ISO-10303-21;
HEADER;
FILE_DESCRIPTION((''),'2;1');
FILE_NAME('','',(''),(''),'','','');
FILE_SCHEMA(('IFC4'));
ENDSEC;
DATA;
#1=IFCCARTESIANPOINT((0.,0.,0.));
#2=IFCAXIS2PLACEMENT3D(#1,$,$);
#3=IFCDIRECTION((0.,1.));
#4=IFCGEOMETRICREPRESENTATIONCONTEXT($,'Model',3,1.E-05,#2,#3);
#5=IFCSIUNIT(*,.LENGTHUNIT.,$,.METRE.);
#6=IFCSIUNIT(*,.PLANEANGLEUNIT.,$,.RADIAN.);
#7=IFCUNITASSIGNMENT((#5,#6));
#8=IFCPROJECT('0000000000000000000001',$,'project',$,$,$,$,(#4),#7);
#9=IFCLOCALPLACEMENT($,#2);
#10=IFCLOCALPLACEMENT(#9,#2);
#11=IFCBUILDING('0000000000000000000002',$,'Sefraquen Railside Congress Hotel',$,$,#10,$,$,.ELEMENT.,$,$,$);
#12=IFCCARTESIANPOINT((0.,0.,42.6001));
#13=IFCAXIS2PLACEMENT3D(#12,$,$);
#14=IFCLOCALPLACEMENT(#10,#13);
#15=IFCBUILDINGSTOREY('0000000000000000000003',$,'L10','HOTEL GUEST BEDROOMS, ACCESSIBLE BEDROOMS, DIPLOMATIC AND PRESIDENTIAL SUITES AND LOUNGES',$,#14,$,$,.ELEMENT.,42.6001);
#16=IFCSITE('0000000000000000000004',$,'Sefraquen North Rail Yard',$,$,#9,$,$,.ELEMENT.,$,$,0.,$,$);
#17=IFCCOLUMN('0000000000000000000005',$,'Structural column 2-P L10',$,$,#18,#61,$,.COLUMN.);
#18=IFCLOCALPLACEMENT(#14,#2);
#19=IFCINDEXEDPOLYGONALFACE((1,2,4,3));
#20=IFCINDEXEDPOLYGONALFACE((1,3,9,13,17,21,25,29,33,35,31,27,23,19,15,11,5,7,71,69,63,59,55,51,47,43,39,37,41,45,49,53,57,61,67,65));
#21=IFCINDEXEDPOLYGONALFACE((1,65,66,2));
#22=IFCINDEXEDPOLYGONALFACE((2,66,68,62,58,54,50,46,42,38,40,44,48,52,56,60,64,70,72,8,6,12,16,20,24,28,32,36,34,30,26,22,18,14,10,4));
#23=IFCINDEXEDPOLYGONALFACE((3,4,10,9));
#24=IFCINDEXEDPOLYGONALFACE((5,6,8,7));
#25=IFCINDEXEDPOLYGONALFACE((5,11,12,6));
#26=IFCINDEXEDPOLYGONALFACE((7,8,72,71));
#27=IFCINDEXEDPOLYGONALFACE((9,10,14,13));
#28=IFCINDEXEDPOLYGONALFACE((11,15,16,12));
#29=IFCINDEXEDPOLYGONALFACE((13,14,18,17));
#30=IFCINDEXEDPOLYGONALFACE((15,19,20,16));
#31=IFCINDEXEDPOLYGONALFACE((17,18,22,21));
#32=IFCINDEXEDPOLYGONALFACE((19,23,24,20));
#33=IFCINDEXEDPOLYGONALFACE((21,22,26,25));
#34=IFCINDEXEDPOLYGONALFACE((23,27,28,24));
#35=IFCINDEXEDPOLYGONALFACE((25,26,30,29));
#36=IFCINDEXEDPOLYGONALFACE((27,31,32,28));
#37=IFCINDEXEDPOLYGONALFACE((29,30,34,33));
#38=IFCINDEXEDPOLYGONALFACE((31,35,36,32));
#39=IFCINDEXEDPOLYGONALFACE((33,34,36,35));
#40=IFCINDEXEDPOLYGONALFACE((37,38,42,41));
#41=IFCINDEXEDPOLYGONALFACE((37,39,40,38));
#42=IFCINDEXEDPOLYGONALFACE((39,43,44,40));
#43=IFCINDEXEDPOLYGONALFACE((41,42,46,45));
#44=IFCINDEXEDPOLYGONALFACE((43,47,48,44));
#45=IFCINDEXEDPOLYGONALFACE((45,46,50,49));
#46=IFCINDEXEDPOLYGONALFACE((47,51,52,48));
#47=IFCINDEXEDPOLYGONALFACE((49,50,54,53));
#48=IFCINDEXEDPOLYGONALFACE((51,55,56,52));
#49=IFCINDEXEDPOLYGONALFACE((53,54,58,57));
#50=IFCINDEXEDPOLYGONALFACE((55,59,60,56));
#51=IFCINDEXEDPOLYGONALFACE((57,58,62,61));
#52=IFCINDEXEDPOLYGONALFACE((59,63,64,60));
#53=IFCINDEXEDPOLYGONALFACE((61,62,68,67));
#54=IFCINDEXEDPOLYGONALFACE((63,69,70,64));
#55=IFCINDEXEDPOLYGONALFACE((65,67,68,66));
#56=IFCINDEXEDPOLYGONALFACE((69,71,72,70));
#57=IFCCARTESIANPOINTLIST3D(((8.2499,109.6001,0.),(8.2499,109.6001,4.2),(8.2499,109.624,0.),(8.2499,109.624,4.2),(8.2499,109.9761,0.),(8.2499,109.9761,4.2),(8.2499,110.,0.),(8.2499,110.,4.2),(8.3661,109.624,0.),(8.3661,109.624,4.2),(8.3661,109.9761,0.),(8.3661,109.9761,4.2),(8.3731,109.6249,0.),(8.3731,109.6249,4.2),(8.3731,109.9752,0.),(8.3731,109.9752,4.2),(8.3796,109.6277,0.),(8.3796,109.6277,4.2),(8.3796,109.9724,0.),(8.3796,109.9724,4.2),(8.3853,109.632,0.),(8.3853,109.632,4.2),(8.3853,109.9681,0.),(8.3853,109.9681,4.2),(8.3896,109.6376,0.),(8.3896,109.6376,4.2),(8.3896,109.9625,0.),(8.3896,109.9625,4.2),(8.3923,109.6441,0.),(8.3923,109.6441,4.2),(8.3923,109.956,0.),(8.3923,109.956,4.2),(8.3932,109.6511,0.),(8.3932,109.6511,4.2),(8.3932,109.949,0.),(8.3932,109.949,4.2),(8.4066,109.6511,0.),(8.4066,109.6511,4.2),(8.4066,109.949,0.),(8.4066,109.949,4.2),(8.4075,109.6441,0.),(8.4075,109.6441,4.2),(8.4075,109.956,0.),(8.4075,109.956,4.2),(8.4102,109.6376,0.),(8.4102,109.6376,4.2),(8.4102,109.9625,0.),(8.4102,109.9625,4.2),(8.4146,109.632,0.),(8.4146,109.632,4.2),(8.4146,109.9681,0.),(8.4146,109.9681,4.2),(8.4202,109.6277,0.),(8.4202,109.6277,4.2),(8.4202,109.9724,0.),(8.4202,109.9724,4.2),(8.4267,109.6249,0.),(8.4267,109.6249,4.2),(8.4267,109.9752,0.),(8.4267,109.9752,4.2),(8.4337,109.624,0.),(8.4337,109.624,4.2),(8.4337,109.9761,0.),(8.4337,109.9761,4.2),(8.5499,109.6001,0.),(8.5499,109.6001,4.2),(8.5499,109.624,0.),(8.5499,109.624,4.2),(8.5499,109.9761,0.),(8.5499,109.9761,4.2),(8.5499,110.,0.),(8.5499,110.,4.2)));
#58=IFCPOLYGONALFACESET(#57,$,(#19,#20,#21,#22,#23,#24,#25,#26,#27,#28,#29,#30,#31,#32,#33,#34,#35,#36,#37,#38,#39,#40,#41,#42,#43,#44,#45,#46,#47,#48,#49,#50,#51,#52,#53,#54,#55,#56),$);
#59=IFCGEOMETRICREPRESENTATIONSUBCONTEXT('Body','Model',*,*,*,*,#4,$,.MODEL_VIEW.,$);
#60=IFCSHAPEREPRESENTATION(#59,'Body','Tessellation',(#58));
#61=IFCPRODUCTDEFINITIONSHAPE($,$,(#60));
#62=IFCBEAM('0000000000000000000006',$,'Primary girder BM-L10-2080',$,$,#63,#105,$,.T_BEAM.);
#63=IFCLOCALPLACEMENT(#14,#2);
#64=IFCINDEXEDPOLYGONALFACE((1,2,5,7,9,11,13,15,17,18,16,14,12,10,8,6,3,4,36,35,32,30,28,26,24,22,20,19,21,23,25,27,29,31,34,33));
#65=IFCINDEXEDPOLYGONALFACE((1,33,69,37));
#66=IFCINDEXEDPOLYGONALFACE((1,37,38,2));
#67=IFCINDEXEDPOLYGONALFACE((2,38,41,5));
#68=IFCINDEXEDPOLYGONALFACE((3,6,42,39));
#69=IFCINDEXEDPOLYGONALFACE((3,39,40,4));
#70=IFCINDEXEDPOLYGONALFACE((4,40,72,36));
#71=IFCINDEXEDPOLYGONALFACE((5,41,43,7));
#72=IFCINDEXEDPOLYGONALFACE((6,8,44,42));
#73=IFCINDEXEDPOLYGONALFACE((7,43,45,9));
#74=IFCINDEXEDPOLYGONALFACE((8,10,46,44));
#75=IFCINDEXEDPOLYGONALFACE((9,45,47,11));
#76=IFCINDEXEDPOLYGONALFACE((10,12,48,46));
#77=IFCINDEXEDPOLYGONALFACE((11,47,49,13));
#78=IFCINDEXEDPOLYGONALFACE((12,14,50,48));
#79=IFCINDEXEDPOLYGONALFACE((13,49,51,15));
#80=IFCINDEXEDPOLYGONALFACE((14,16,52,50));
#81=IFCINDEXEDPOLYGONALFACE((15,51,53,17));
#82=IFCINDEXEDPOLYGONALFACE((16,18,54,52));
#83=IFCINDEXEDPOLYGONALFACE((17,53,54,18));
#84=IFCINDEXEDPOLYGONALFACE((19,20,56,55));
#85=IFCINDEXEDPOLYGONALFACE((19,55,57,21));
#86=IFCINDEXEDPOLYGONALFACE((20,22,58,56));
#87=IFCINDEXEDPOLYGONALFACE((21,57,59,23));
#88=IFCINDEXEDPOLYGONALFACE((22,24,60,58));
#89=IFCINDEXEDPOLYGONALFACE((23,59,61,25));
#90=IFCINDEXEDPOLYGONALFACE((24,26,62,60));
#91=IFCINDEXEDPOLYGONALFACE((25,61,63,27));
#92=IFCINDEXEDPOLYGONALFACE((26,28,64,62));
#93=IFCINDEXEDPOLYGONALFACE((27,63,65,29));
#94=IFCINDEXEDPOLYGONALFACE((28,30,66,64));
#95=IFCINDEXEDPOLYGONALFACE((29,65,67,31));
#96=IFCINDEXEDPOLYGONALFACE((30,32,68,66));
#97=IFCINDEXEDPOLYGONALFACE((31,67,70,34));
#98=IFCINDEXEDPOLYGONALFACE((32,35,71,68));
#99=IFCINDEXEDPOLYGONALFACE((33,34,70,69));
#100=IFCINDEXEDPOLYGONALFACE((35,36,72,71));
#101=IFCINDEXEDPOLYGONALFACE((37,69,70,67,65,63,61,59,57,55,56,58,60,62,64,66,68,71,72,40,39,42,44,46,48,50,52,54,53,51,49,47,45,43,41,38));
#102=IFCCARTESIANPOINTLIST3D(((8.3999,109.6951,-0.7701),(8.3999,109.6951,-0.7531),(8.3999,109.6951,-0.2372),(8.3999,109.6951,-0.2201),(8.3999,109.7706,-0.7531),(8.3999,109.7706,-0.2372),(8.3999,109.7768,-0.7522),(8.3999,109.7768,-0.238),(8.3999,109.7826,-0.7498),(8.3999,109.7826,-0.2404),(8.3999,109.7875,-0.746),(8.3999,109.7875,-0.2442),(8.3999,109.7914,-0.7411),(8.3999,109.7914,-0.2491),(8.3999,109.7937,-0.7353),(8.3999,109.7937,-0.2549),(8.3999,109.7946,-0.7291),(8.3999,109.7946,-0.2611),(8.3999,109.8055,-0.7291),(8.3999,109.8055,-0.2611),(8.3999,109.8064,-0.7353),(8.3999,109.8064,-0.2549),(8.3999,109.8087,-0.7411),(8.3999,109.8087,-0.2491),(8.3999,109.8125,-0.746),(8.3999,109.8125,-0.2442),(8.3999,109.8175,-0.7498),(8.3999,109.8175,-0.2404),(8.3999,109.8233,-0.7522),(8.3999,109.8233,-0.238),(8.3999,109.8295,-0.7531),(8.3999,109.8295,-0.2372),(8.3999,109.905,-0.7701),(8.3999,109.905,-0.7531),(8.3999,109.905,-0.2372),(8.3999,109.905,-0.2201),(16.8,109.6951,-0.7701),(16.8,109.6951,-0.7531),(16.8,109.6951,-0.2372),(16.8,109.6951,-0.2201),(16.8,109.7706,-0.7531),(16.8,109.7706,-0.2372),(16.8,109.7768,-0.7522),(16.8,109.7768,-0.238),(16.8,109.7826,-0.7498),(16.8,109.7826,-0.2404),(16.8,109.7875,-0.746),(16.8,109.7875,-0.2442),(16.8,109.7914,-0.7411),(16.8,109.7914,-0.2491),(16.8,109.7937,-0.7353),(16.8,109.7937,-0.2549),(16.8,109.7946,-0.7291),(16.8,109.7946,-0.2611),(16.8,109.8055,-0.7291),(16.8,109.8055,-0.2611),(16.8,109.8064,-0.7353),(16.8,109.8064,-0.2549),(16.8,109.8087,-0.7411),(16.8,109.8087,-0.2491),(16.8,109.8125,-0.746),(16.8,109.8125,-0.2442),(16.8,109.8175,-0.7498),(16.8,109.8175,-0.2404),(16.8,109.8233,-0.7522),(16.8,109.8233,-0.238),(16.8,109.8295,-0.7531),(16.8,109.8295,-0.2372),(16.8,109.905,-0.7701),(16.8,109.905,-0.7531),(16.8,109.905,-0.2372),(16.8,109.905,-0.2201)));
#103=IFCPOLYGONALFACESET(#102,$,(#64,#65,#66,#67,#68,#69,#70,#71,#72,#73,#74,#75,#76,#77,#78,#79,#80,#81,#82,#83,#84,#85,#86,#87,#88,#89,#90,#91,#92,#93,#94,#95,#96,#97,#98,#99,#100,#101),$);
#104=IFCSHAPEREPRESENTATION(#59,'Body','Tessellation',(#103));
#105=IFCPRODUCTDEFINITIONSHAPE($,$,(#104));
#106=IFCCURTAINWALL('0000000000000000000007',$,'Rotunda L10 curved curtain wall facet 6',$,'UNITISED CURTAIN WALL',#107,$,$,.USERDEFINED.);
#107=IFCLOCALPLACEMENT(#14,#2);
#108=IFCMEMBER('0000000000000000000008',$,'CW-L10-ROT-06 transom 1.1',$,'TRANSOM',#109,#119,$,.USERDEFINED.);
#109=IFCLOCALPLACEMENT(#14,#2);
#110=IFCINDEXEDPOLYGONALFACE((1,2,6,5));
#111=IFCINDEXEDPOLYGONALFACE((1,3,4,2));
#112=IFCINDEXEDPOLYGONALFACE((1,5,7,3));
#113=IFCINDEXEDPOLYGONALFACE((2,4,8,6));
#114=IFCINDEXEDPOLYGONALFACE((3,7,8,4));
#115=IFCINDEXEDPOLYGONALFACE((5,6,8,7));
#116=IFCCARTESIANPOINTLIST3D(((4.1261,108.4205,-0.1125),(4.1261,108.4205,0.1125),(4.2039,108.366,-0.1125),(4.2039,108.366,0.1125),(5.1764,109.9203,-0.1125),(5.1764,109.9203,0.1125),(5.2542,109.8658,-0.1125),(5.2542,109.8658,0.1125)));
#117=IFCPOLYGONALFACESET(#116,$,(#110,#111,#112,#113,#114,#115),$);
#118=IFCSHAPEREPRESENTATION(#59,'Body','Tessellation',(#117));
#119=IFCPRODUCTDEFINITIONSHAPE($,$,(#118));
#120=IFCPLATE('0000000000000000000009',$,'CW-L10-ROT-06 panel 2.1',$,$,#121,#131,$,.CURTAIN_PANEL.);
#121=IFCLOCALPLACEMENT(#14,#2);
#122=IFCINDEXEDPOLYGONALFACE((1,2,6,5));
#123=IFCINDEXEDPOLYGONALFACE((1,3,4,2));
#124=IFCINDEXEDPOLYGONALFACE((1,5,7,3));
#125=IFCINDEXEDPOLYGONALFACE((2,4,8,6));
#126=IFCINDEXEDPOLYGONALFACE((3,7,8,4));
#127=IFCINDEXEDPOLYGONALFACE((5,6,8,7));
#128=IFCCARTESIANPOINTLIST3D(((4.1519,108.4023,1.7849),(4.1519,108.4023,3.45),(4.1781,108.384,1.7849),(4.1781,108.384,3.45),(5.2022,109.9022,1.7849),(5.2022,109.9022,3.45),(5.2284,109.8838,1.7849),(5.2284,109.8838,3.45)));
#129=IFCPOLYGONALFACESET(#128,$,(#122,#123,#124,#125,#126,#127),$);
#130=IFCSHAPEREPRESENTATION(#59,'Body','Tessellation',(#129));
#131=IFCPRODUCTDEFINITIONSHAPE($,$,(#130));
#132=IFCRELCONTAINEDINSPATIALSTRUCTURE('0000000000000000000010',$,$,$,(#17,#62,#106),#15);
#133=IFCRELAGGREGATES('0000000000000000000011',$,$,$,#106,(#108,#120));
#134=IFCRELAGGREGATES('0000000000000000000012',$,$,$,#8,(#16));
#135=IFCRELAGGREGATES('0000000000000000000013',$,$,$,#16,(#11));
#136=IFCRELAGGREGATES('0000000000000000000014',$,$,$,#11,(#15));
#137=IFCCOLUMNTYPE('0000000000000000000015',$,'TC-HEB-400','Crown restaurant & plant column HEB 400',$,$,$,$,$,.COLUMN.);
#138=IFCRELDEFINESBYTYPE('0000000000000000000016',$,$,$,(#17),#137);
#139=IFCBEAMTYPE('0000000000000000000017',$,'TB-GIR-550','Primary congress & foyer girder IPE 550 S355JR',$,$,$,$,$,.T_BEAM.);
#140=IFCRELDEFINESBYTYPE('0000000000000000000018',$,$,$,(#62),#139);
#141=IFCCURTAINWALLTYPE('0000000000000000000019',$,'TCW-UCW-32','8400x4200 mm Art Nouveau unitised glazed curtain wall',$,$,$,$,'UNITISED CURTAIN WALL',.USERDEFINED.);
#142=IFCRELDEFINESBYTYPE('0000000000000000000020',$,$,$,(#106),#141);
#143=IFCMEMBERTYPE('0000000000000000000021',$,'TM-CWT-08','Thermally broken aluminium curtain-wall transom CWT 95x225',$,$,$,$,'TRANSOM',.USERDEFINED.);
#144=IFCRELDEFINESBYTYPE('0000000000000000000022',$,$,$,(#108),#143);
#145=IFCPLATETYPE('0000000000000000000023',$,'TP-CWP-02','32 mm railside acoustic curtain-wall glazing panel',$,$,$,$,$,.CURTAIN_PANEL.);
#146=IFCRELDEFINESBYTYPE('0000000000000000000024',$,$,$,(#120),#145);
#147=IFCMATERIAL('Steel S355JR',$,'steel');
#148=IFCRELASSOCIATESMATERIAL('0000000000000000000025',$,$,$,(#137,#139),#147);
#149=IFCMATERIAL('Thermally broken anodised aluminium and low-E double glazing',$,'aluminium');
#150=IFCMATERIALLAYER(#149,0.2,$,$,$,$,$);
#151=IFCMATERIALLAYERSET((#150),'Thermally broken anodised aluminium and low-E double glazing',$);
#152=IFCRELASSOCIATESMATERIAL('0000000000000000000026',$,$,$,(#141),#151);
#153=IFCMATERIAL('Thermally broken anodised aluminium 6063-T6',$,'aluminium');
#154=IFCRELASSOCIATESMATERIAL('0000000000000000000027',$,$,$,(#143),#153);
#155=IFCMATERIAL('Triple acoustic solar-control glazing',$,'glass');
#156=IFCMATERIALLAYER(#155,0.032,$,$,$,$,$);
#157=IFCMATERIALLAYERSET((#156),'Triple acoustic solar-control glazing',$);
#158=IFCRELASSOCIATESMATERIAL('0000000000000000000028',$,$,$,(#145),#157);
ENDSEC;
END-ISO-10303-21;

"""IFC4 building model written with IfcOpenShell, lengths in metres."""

from ifc_helpers import new_model, si_unit, direction, frame, origin, origin_2d, place, context, subcontext, project, spatial, rectangle, i_section, extrude, material, layer, layer_set, material_profile, profile_set, type_object, element, aggregate, save


model = new_model("IFC4")

# Units and contexts
model_context = context("Model", 3, precision=1e-05, world=origin(), true_north=direction((0.0, 1.0)))
body_context = subcontext(model_context, "Body", "Model", "MODEL_VIEW")
ifc_project = project(units=[si_unit("LENGTHUNIT", "METRE"), si_unit("PLANEANGLEUNIT", "RADIAN")], contexts=[model_context])

# Site, building, storey
site_placement = place(None, origin())
site = spatial("IfcSite", under=ifc_project, at=site_placement, Name="Sefraquen North Rail Yard", CompositionType="ELEMENT", RefElevation=0.0)
building_placement = place(site_placement, origin())
building = spatial("IfcBuilding", under=site, at=building_placement, Name="Sefraquen Railside Congress Hotel", CompositionType="ELEMENT")
storey_placement = place(building_placement, frame((0.0, 0.0, 42.6001)))
storey = spatial("IfcBuildingStorey", under=building, at=storey_placement, Name="L10", Description="HOTEL GUEST BEDROOMS, ACCESSIBLE BEDROOMS, DIPLOMATIC AND PRESIDENTIAL SUITES AND LOUNGES", CompositionType="ELEMENT", Elevation=42.6001)

# Column
ifc_material_1 = material(Name="Steel S355JR", Category="steel")
ifc_material_profile_1 = material_profile(ifc_material_1, i_section(OverallWidth=0.3, OverallDepth=0.3999, WebThickness=0.0134, FlangeThickness=0.0239, FilletRadius=0.0271, at=origin_2d()), Name="HEB 400")
ifc_profile_set_1 = profile_set([ifc_material_profile_1], Name="Steel S355JR")
column_type = type_object("IfcColumnType", Name="TC-HEB-400", Description="Crown restaurant & plant column HEB 400", PredefinedType="COLUMN", material=ifc_profile_set_1)
column_placement = place(storey_placement, frame((8.3999, 109.8, 0.0), z_axis=(0.0, 0.0, 1.0), x_axis=(1.0, 0.0, 0.0)))
element("IfcColumn", 1, at=column_placement, inside=storey, type_object=column_type, Name="Structural column 2-P L10", PredefinedType="COLUMN", context=body_context, shape_type="SweptSolid", body=[
    extrude(i_section(OverallWidth=0.3, OverallDepth=0.3999, WebThickness=0.0134, FlangeThickness=0.0239, FilletRadius=0.0271, at=origin_2d()), origin(), (0.0, 0.0, 1.0), 4.2),
])

# Beam
ifc_material_profile_2 = material_profile(ifc_material_1, i_section(OverallWidth=0.21, OverallDepth=0.55, WebThickness=0.011, FlangeThickness=0.0171, FilletRadius=0.0239, at=origin_2d()), Name="IPE 550")
ifc_profile_set_2 = profile_set([ifc_material_profile_2], Name="Steel S355JR")
beam_type = type_object("IfcBeamType", Name="TB-GIR-550", Description="Primary congress & foyer girder IPE 550 S355JR", PredefinedType="T_BEAM", material=ifc_profile_set_2)
beam_placement = place(storey_placement, frame((8.3999, 109.8, -0.4951), z_axis=(1.0, 0.0, 0.0), x_axis=(0.0, 1.0, 0.0)))
element("IfcBeam", 2, at=beam_placement, inside=storey, type_object=beam_type, Name="Primary girder BM-L10-2080", PredefinedType="T_BEAM", context=body_context, shape_type="SweptSolid", body=[
    extrude(i_section(OverallWidth=0.21, OverallDepth=0.55, WebThickness=0.011, FlangeThickness=0.0171, FilletRadius=0.0239, at=origin_2d()), origin(), (0.0, 0.0, 1.0), 8.4001),
])

# Curtain wall, member, plate
ifc_material_2 = material(Name="Thermally broken anodised aluminium and low-E double glazing", Category="aluminium")
ifc_layer_1 = layer(ifc_material_2, 0.2)
ifc_layer_set_1 = layer_set([ifc_layer_1], Name="Thermally broken anodised aluminium and low-E double glazing")
curtain_wall_type = type_object("IfcCurtainWallType", Name="TCW-UCW-32", Description="8400x4200 mm Art Nouveau unitised glazed curtain wall", ElementType="UNITISED CURTAIN WALL", PredefinedType="USERDEFINED", material=ifc_layer_set_1)
curtain_wall_placement = place(storey_placement, origin())
curtain_wall = element("IfcCurtainWall", 3, at=curtain_wall_placement, inside=storey, type_object=curtain_wall_type, Name="Rotunda L10 curved curtain wall facet 6", ObjectType="UNITISED CURTAIN WALL", PredefinedType="USERDEFINED")
ifc_material_3 = material(Name="Thermally broken anodised aluminium 6063-T6", Category="aluminium")
ifc_material_profile_3 = material_profile(ifc_material_3, rectangle(XDim=0.095, YDim=0.2251, at=origin_2d()), Name="CWT 95x225")
ifc_profile_set_3 = profile_set([ifc_material_profile_3], Name="Thermally broken anodised aluminium 6063-T6")
member_type = type_object("IfcMemberType", Name="TM-CWT-08", Description="Thermally broken aluminium curtain-wall transom CWT 95x225", ElementType="TRANSOM", PredefinedType="USERDEFINED", material=ifc_profile_set_3)
member_placement = place(storey_placement, frame((5.2153, 109.8931, 0.0), z_axis=(-0.573632, -0.819113, 0.0), x_axis=(0.819113, -0.573632, 0.0)))
member = element("IfcMember", 4, at=member_placement, type_object=member_type, Name="CW-L10-ROT-06 transom 1.1", ObjectType="TRANSOM", PredefinedType="USERDEFINED", context=body_context, shape_type="SweptSolid", body=[
    extrude(rectangle(XDim=0.095, YDim=0.2251, at=origin_2d()), origin(), (0.0, 0.0, 1.0), 1.8311),
])
ifc_material_4 = material(Name="Triple acoustic solar-control glazing", Category="glass")
ifc_layer_2 = layer(ifc_material_4, 0.032)
ifc_layer_set_2 = layer_set([ifc_layer_2], Name="Triple acoustic solar-control glazing")
plate_type = type_object("IfcPlateType", Name="TP-CWP-02", Description="32 mm railside acoustic curtain-wall glazing panel", PredefinedType="CURTAIN_PANEL", material=ifc_layer_set_2)
plate_placement = place(storey_placement, frame((4.6902, 109.1431, 1.7849), z_axis=(0.0, 0.0, 1.0), x_axis=(-0.573605, -0.819132, 0.0)))
plate = element("IfcPlate", 5, at=plate_placement, type_object=plate_type, Name="CW-L10-ROT-06 panel 2.1", PredefinedType="CURTAIN_PANEL", context=body_context, shape_type="SweptSolid", body=[
    extrude(rectangle(XDim=1.8311, YDim=0.032, at=origin_2d()), origin(), (0.0, 0.0, 1.0), 1.665),
])
aggregate(curtain_wall, [member, plate])

save(model, "model.ifc")
